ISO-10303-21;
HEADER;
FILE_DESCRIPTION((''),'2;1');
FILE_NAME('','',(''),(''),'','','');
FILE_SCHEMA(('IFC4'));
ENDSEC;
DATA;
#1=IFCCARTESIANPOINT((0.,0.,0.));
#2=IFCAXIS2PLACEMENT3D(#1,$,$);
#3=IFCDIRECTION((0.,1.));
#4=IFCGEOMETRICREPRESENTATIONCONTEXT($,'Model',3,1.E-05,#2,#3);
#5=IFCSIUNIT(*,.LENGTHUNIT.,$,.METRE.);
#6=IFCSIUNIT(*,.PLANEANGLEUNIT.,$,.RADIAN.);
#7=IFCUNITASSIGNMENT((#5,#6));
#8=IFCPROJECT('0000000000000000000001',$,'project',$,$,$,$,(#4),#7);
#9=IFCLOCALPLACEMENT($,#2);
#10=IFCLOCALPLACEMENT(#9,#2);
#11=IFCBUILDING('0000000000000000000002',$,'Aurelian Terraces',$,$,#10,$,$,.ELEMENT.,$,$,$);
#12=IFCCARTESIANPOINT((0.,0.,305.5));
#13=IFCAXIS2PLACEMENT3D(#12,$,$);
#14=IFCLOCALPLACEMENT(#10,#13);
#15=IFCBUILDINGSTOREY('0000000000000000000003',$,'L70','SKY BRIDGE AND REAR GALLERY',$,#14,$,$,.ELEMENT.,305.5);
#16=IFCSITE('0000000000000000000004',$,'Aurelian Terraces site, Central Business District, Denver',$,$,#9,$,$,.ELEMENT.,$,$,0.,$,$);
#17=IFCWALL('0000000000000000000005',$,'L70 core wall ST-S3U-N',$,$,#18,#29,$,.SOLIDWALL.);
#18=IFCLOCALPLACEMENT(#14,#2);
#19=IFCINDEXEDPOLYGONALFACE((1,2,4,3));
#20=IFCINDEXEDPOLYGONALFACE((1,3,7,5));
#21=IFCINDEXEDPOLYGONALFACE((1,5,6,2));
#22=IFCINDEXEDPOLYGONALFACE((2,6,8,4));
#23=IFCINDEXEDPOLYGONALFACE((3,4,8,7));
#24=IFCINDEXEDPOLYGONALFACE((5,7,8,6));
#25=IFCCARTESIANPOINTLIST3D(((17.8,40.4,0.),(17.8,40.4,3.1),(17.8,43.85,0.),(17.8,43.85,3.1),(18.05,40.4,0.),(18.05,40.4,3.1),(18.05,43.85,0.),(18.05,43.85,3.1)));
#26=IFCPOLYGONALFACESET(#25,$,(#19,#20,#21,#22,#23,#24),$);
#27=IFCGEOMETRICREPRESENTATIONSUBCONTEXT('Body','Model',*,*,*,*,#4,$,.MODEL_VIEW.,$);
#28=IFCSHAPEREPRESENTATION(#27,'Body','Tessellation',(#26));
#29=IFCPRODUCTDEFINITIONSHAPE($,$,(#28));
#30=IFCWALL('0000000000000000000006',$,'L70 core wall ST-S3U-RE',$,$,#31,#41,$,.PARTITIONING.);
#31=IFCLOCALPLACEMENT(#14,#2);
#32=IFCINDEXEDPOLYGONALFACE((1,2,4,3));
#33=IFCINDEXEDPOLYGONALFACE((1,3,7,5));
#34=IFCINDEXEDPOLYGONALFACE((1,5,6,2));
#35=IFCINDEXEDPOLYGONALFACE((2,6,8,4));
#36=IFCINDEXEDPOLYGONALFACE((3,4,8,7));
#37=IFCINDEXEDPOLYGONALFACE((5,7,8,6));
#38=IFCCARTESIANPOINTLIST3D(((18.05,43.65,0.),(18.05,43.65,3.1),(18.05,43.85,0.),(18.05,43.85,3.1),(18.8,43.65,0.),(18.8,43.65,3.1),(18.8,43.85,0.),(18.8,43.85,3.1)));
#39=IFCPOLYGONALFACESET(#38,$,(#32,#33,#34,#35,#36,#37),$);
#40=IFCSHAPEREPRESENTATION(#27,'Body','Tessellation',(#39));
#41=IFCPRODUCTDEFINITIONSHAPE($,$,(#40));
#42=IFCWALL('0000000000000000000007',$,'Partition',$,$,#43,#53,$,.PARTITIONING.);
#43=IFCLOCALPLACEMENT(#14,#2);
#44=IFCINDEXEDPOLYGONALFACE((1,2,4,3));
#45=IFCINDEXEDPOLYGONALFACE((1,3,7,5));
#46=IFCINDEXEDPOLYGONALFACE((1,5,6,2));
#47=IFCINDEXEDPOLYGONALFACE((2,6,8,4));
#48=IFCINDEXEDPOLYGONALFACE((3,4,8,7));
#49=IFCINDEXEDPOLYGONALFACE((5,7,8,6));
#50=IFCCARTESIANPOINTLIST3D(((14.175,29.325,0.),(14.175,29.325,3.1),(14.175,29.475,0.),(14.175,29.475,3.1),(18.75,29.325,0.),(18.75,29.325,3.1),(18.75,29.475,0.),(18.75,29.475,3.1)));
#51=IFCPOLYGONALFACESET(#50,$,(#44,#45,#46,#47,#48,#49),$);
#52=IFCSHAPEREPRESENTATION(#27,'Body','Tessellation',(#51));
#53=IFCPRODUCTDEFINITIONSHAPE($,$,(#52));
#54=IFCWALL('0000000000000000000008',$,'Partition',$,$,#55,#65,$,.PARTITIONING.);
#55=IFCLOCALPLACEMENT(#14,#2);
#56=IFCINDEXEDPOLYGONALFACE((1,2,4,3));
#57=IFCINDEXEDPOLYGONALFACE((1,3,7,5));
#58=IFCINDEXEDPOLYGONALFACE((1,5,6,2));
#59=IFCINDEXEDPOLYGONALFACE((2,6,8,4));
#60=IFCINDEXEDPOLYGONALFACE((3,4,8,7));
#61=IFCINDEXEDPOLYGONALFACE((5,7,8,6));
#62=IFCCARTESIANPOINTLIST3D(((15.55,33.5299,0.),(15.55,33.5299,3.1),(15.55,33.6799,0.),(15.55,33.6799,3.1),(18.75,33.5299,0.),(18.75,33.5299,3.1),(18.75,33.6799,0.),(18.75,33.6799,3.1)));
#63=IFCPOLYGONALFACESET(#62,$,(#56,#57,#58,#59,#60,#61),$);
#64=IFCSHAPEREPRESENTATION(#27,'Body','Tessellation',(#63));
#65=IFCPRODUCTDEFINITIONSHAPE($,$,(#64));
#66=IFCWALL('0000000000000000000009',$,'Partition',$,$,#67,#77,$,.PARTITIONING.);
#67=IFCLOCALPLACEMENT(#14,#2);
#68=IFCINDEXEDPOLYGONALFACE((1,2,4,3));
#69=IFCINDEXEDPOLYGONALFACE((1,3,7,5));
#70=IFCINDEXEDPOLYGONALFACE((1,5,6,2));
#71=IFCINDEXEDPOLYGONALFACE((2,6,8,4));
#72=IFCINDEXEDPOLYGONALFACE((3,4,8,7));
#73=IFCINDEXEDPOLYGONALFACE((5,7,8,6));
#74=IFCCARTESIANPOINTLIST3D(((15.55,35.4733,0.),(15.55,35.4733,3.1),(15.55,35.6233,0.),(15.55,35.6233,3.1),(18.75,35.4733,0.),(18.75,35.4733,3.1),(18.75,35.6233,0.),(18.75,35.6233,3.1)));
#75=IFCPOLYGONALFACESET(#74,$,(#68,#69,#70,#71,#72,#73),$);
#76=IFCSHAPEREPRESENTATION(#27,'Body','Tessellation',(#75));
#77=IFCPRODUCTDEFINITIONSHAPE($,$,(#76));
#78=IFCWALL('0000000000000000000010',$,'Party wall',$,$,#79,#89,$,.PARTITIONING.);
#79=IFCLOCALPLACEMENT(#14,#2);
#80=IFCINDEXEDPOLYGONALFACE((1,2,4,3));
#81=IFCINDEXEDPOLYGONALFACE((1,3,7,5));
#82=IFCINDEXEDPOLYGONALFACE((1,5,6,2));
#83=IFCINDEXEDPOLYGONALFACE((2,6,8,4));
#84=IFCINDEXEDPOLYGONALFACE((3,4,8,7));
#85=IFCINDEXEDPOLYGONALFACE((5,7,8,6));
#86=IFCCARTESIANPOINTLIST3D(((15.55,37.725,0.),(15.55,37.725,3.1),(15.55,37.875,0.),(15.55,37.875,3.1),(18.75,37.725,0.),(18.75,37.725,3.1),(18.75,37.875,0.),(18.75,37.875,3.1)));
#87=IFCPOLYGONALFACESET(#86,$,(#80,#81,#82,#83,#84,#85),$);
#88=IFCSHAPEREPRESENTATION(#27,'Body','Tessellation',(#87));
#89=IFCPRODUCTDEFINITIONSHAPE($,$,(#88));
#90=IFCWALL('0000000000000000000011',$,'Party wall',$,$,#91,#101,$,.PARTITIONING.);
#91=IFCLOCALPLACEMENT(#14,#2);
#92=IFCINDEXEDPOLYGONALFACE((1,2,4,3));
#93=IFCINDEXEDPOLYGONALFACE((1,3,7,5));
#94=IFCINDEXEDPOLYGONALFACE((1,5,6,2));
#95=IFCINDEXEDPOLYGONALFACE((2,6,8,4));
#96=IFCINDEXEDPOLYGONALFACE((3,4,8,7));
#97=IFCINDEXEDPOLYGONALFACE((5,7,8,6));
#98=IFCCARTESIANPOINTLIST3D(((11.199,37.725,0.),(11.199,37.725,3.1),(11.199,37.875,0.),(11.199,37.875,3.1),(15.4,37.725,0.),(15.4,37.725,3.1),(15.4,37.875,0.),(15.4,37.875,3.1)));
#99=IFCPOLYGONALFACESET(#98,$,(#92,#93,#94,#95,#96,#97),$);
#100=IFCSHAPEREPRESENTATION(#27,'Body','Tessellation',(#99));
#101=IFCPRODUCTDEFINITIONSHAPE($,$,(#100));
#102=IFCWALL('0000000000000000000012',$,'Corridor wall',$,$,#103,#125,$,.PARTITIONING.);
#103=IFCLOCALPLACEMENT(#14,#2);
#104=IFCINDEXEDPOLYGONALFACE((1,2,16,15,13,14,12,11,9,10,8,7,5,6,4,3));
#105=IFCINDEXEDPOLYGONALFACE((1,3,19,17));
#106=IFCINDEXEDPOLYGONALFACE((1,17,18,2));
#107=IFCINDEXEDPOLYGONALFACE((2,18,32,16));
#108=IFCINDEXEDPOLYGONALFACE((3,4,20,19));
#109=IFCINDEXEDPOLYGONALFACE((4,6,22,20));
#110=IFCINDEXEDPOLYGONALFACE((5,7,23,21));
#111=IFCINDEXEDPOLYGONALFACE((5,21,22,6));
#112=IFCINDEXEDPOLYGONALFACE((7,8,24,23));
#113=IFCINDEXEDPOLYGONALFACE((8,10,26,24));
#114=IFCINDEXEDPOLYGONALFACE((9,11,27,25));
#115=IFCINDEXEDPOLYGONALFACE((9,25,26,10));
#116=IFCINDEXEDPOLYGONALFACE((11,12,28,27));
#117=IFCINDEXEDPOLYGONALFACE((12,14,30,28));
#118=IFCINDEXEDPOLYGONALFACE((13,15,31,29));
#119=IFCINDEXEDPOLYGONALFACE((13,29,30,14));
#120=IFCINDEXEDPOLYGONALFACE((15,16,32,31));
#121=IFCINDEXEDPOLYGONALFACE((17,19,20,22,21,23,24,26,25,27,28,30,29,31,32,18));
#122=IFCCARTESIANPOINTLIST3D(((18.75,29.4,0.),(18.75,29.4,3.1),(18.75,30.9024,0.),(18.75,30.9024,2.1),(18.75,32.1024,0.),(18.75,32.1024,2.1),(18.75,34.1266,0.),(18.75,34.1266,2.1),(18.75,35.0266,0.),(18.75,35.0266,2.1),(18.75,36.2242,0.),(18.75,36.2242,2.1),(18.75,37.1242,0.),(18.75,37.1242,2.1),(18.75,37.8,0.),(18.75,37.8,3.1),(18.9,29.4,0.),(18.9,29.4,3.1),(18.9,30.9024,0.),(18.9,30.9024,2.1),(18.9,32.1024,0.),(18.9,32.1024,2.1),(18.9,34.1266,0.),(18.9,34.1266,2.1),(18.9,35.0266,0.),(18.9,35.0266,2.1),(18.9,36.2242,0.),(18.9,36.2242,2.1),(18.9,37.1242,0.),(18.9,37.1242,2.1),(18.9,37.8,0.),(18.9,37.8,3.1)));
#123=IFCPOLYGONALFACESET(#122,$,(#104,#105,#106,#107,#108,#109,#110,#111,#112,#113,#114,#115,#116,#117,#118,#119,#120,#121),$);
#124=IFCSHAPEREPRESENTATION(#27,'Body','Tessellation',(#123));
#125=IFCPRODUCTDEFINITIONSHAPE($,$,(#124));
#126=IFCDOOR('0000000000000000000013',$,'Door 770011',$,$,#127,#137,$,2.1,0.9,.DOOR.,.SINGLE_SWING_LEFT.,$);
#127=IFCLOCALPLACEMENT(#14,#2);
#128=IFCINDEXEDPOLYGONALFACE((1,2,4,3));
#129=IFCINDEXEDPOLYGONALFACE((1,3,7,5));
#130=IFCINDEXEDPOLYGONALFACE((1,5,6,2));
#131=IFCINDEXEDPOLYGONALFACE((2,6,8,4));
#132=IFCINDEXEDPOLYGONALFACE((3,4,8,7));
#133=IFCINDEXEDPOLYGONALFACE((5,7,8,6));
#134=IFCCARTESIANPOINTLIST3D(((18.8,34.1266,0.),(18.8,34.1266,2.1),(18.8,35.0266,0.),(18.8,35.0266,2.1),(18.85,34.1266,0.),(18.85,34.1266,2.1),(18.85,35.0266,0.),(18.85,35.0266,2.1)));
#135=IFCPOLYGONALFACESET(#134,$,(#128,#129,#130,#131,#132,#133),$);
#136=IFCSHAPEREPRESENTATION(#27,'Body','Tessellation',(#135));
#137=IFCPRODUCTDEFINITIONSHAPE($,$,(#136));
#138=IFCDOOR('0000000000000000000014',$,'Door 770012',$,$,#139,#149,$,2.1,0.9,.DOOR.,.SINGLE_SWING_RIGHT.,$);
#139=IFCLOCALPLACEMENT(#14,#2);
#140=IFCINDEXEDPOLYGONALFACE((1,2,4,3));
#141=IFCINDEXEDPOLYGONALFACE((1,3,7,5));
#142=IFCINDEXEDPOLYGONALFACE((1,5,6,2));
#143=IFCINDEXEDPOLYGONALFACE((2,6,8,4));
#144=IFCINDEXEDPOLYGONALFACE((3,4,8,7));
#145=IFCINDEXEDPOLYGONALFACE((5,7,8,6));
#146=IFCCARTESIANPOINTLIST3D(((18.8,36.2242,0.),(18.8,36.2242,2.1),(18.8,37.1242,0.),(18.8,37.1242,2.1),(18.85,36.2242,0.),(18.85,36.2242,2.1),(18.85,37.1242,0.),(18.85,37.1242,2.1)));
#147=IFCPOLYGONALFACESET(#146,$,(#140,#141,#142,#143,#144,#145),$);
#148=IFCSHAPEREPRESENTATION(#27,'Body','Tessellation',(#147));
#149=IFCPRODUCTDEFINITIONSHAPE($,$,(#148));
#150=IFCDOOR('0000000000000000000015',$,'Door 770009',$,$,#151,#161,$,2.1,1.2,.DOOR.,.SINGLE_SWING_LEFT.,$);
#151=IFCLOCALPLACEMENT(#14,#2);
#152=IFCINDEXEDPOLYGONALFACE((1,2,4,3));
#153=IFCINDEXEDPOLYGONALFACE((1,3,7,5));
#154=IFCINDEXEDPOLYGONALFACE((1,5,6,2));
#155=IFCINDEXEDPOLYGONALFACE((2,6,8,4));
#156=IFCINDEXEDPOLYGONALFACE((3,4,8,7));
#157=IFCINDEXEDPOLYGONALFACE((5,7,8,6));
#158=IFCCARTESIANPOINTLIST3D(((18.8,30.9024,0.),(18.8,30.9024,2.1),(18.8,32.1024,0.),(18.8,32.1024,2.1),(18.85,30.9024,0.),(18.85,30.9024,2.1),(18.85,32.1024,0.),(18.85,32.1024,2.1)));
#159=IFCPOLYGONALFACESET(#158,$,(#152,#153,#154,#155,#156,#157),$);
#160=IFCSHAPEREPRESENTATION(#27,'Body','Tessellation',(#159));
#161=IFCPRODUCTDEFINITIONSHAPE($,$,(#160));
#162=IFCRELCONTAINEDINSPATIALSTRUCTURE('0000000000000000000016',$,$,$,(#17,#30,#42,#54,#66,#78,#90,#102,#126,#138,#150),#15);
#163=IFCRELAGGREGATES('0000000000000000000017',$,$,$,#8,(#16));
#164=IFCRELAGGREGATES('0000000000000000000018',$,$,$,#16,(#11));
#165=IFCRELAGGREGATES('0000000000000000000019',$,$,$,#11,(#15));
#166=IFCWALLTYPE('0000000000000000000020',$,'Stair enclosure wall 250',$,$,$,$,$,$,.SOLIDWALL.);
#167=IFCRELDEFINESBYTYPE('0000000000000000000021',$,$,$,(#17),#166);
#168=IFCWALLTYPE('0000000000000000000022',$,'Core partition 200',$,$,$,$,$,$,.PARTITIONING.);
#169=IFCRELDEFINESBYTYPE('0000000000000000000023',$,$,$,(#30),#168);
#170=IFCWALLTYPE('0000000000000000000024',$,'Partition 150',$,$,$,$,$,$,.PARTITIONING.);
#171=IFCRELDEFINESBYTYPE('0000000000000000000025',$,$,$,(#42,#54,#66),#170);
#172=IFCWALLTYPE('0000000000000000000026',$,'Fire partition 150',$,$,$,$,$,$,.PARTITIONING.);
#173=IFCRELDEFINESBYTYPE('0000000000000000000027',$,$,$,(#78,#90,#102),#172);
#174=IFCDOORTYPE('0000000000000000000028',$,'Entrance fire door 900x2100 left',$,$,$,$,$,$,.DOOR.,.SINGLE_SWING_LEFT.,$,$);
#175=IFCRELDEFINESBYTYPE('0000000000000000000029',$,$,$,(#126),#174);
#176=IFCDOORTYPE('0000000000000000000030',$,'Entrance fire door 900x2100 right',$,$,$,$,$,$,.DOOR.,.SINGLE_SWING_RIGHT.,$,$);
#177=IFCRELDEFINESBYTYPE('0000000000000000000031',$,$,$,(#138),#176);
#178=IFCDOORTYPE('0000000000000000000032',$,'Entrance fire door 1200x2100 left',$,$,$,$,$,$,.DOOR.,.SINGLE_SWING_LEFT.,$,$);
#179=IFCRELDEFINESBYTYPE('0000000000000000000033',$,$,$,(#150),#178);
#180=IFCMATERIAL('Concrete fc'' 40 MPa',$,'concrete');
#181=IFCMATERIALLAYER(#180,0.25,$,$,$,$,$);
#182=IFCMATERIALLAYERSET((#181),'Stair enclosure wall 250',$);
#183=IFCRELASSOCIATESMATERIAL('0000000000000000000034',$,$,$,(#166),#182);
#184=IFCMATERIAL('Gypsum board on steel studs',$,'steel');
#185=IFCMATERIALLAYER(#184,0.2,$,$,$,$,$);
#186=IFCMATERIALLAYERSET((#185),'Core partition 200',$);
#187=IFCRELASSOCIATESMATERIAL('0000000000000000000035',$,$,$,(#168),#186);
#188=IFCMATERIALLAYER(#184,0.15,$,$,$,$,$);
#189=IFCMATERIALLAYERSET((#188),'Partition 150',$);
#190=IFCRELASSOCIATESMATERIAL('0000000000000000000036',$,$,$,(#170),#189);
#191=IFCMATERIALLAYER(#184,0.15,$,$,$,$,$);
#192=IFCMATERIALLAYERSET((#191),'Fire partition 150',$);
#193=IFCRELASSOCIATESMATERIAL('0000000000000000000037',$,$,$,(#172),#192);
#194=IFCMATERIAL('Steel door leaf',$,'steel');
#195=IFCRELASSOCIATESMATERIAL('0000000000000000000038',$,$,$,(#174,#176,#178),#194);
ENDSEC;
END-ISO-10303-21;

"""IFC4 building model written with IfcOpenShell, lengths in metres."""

from ifc_helpers import new_model, si_unit, direction, frame, frame_2d, origin, place, context, subcontext, project, spatial, rectangle, extrude, source, transform, mapped, material, layer, layer_set, type_object, element, fill, save


model = new_model("IFC4")

# Units and contexts
model_context = context("Model", 3, precision=1e-05, world=origin(), true_north=direction((0.0, 1.0)))
body_context = subcontext(model_context, "Body", "Model", "MODEL_VIEW")
ifc_project = project(units=[si_unit("LENGTHUNIT", "METRE"), si_unit("PLANEANGLEUNIT", "RADIAN")], contexts=[model_context])

# Site, building, storey
site_placement = place(None, origin())
site = spatial("IfcSite", under=ifc_project, at=site_placement, Name="Aurelian Terraces site, Central Business District, Denver", CompositionType="ELEMENT", RefElevation=0.0)
building_placement = place(site_placement, origin())
building = spatial("IfcBuilding", under=site, at=building_placement, Name="Aurelian Terraces", CompositionType="ELEMENT")
storey_placement = place(building_placement, frame((0.0, 0.0, 305.5)))
storey = spatial("IfcBuildingStorey", under=building, at=storey_placement, Name="L70", Description="SKY BRIDGE AND REAR GALLERY", CompositionType="ELEMENT", Elevation=305.5)

# Walls
ifc_material_1 = material(Name="Concrete fc' 40 MPa", Category="concrete")
ifc_layer_1 = layer(ifc_material_1, 0.25)
ifc_layer_set_1 = layer_set([ifc_layer_1], Name="Stair enclosure wall 250")
wall_type_1 = type_object("IfcWallType", Name="Stair enclosure wall 250", PredefinedType="SOLIDWALL", material=ifc_layer_set_1)
shared_shape_1 = source(origin(), body_context, "Body", "SweptSolid", [
    extrude(rectangle(XDim=3.45, YDim=0.25, at=frame_2d((1.725, 0.0))), origin(), (0.0, 0.0, 1.0), 3.1),
])
wall_1_placement = place(storey_placement, frame((17.925, 40.4, 0.0), z_axis=(0.0, 0.0, 1.0), x_axis=(0.0, 1.0, 0.0)))
element("IfcWall", 1, at=wall_1_placement, inside=storey, type_object=wall_type_1, Name="L70 core wall ST-S3U-N", PredefinedType="SOLIDWALL", context=body_context, shape_type="MappedRepresentation", body=[
    mapped(shared_shape_1, transform((0.0, 0.0, 0.0), scale=1.0)),
])
ifc_material_2 = material(Name="Gypsum board on steel studs", Category="steel")
ifc_layer_2 = layer(ifc_material_2, 0.2)
ifc_layer_set_2 = layer_set([ifc_layer_2], Name="Core partition 200")
wall_type_2 = type_object("IfcWallType", Name="Core partition 200", PredefinedType="PARTITIONING", material=ifc_layer_set_2)
shared_shape_2 = source(origin(), body_context, "Body", "SweptSolid", [
    extrude(rectangle(XDim=0.75, YDim=0.2, at=frame_2d((0.375, 0.0))), origin(), (0.0, 0.0, 1.0), 3.1),
])
wall_2_placement = place(storey_placement, frame((18.05, 43.75, 0.0), z_axis=(0.0, 0.0, 1.0), x_axis=(1.0, 0.0, 0.0)))
element("IfcWall", 2, at=wall_2_placement, inside=storey, type_object=wall_type_2, Name="L70 core wall ST-S3U-RE", PredefinedType="PARTITIONING", context=body_context, shape_type="MappedRepresentation", body=[
    mapped(shared_shape_2, transform((0.0, 0.0, 0.0), scale=1.0)),
])
ifc_layer_3 = layer(ifc_material_2, 0.15)
ifc_layer_set_3 = layer_set([ifc_layer_3], Name="Partition 150")
wall_type_3 = type_object("IfcWallType", Name="Partition 150", PredefinedType="PARTITIONING", material=ifc_layer_set_3)
shared_shape_3 = source(origin(), body_context, "Body", "SweptSolid", [
    extrude(rectangle(XDim=4.575, YDim=0.15, at=frame_2d((2.2875, 0.0))), origin(), (0.0, 0.0, 1.0), 3.1),
])
wall_3_placement = place(storey_placement, frame((18.75, 29.4, 0.0), z_axis=(0.0, 0.0, 1.0), x_axis=(-1.0, 0.0, 0.0)))
element("IfcWall", 3, at=wall_3_placement, inside=storey, type_object=wall_type_3, Name="Partition", PredefinedType="PARTITIONING", context=body_context, shape_type="MappedRepresentation", body=[
    mapped(shared_shape_3, transform((0.0, 0.0, 0.0), scale=1.0)),
])
shared_shape_4 = source(origin(), body_context, "Body", "SweptSolid", [
    extrude(rectangle(XDim=3.2, YDim=0.15, at=frame_2d((1.6, 0.0))), origin(), (0.0, 0.0, 1.0), 3.1),
])
for number, where, z_axis, x_axis, name in (
    (4, (18.75, 33.6049, 0.0), (0.0, 0.0, 1.0), (-1.0, 0.0, 0.0), "Partition"),
    (5, (18.75, 35.5483, 0.0), (0.0, 0.0, 1.0), (-1.0, 0.0, 0.0), "Partition"),
):
    element("IfcWall", number, at=place(storey_placement, frame(where, z_axis=z_axis, x_axis=x_axis)), inside=storey, type_object=wall_type_3, Name=name, PredefinedType="PARTITIONING", context=body_context, shape_type="MappedRepresentation", body=[
        mapped(shared_shape_4, transform((0.0, 0.0, 0.0), scale=1.0)),
    ])
ifc_layer_4 = layer(ifc_material_2, 0.15)
ifc_layer_set_4 = layer_set([ifc_layer_4], Name="Fire partition 150")
wall_type_4 = type_object("IfcWallType", Name="Fire partition 150", PredefinedType="PARTITIONING", material=ifc_layer_set_4)
wall_4_placement = place(storey_placement, frame((18.75, 37.8, 0.0), z_axis=(0.0, 0.0, 1.0), x_axis=(-1.0, 0.0, 0.0)))
element("IfcWall", 6, at=wall_4_placement, inside=storey, type_object=wall_type_4, Name="Party wall", PredefinedType="PARTITIONING", context=body_context, shape_type="MappedRepresentation", body=[
    mapped(shared_shape_4, transform((0.0, 0.0, 0.0), scale=1.0)),
])
shared_shape_5 = source(origin(), body_context, "Body", "SweptSolid", [
    extrude(rectangle(XDim=4.201, YDim=0.15, at=frame_2d((2.1005, 0.0))), origin(), (0.0, 0.0, 1.0), 3.1),
])
wall_5_placement = place(storey_placement, frame((15.4, 37.8, 0.0), z_axis=(0.0, 0.0, 1.0), x_axis=(-1.0, 0.0, 0.0)))
element("IfcWall", 7, at=wall_5_placement, inside=storey, type_object=wall_type_4, Name="Party wall", PredefinedType="PARTITIONING", context=body_context, shape_type="MappedRepresentation", body=[
    mapped(shared_shape_5, transform((0.0, 0.0, 0.0), scale=1.0)),
])

# Wall, openings, doors
shared_shape_6 = source(origin(), body_context, "Body", "SweptSolid", [
    extrude(rectangle(XDim=8.4, YDim=0.15, at=frame_2d((4.2, 0.0))), origin(), (0.0, 0.0, 1.0), 3.1),
])
wall_6_placement = place(storey_placement, frame((18.825, 29.4, 0.0), z_axis=(0.0, 0.0, 1.0), x_axis=(0.0, 1.0, 0.0)))
wall_6 = element("IfcWall", 8, at=wall_6_placement, inside=storey, type_object=wall_type_4, Name="Corridor wall", PredefinedType="PARTITIONING", context=body_context, shape_type="MappedRepresentation", body=[
    mapped(shared_shape_6, transform((0.0, 0.0, 0.0), scale=1.0)),
])
shared_shape_7 = source(origin(), body_context, "Body", "SweptSolid", [
    extrude(rectangle(XDim=1.2, YDim=2.1, at=frame_2d((0.6, 1.05))), frame((0.0, 0.085, 0.0), z_axis=(0.0, -1.0, 0.0), x_axis=(1.0, 0.0, 0.0)), (0.0, 0.0, 1.0), 0.17),
])
opening_1_placement = place(wall_6_placement, frame((1.5024, 0.0, 0.0)))
opening_1 = element("IfcOpeningElement", 9, at=opening_1_placement, cuts=wall_6, PredefinedType="OPENING", context=body_context, shape_type="MappedRepresentation", body=[
    mapped(shared_shape_7, transform((0.0, 0.0, 0.0), scale=1.0)),
])
shared_shape_8 = source(origin(), body_context, "Body", "SweptSolid", [
    extrude(rectangle(XDim=0.9, YDim=2.1, at=frame_2d((0.45, 1.05))), frame((0.0, 0.085, 0.0), z_axis=(0.0, -1.0, 0.0), x_axis=(1.0, 0.0, 0.0)), (0.0, 0.0, 1.0), 0.17),
])
opening_2_placement = place(wall_6_placement, frame((4.7266, 0.0, 0.0)))
opening_2 = element("IfcOpeningElement", 10, at=opening_2_placement, cuts=wall_6, PredefinedType="OPENING", context=body_context, shape_type="MappedRepresentation", body=[
    mapped(shared_shape_8, transform((0.0, 0.0, 0.0), scale=1.0)),
])
opening_3_placement = place(wall_6_placement, frame((6.8242, 0.0, 0.0)))
opening_3 = element("IfcOpeningElement", 11, at=opening_3_placement, cuts=wall_6, PredefinedType="OPENING", context=body_context, shape_type="MappedRepresentation", body=[
    mapped(shared_shape_8, transform((0.0, 0.0, 0.0), scale=1.0)),
])
ifc_material_3 = material(Name="Steel door leaf", Category="steel")
door_type_1 = type_object("IfcDoorType", Name="Entrance fire door 900x2100 left", OperationType="SINGLE_SWING_LEFT", PredefinedType="DOOR", material=ifc_material_3)
shared_shape_9 = source(origin(), body_context, "Body", "SweptSolid", [
    extrude(rectangle(XDim=0.9, YDim=2.1, at=frame_2d((0.45, 1.05))), frame((0.0, 0.025, 0.0), z_axis=(0.0, -1.0, 0.0), x_axis=(1.0, 0.0, 0.0)), (0.0, 0.0, 1.0), 0.05),
])
door_1_placement = place(opening_2_placement, origin())
door_1 = element("IfcDoor", 12, at=door_1_placement, inside=storey, type_object=door_type_1, Name="Door 770011", OperationType="SINGLE_SWING_LEFT", OverallHeight=2.1, OverallWidth=0.9, PredefinedType="DOOR", context=body_context, shape_type="MappedRepresentation", body=[
    mapped(shared_shape_9, transform((0.0, 0.0, 0.0), scale=1.0)),
])
fill(opening_2, door_1)
door_type_2 = type_object("IfcDoorType", Name="Entrance fire door 900x2100 right", OperationType="SINGLE_SWING_RIGHT", PredefinedType="DOOR", material=ifc_material_3)
door_2_placement = place(opening_3_placement, origin())
door_2 = element("IfcDoor", 13, at=door_2_placement, inside=storey, type_object=door_type_2, Name="Door 770012", OperationType="SINGLE_SWING_RIGHT", OverallHeight=2.1, OverallWidth=0.9, PredefinedType="DOOR", context=body_context, shape_type="MappedRepresentation", body=[
    mapped(shared_shape_9, transform((0.0, 0.0, 0.0), scale=1.0)),
])
fill(opening_3, door_2)
door_type_3 = type_object("IfcDoorType", Name="Entrance fire door 1200x2100 left", OperationType="SINGLE_SWING_LEFT", PredefinedType="DOOR", material=ifc_material_3)
shared_shape_10 = source(origin(), body_context, "Body", "SweptSolid", [
    extrude(rectangle(XDim=1.2, YDim=2.1, at=frame_2d((0.6, 1.05))), frame((0.0, 0.025, 0.0), z_axis=(0.0, -1.0, 0.0), x_axis=(1.0, 0.0, 0.0)), (0.0, 0.0, 1.0), 0.05),
])
door_3_placement = place(opening_1_placement, origin())
door_3 = element("IfcDoor", 14, at=door_3_placement, inside=storey, type_object=door_type_3, Name="Door 770009", OperationType="SINGLE_SWING_LEFT", OverallHeight=2.1, OverallWidth=1.2, PredefinedType="DOOR", context=body_context, shape_type="MappedRepresentation", body=[
    mapped(shared_shape_10, transform((0.0, 0.0, 0.0), scale=1.0)),
])
fill(opening_1, door_3)

save(model, "model.ifc")
